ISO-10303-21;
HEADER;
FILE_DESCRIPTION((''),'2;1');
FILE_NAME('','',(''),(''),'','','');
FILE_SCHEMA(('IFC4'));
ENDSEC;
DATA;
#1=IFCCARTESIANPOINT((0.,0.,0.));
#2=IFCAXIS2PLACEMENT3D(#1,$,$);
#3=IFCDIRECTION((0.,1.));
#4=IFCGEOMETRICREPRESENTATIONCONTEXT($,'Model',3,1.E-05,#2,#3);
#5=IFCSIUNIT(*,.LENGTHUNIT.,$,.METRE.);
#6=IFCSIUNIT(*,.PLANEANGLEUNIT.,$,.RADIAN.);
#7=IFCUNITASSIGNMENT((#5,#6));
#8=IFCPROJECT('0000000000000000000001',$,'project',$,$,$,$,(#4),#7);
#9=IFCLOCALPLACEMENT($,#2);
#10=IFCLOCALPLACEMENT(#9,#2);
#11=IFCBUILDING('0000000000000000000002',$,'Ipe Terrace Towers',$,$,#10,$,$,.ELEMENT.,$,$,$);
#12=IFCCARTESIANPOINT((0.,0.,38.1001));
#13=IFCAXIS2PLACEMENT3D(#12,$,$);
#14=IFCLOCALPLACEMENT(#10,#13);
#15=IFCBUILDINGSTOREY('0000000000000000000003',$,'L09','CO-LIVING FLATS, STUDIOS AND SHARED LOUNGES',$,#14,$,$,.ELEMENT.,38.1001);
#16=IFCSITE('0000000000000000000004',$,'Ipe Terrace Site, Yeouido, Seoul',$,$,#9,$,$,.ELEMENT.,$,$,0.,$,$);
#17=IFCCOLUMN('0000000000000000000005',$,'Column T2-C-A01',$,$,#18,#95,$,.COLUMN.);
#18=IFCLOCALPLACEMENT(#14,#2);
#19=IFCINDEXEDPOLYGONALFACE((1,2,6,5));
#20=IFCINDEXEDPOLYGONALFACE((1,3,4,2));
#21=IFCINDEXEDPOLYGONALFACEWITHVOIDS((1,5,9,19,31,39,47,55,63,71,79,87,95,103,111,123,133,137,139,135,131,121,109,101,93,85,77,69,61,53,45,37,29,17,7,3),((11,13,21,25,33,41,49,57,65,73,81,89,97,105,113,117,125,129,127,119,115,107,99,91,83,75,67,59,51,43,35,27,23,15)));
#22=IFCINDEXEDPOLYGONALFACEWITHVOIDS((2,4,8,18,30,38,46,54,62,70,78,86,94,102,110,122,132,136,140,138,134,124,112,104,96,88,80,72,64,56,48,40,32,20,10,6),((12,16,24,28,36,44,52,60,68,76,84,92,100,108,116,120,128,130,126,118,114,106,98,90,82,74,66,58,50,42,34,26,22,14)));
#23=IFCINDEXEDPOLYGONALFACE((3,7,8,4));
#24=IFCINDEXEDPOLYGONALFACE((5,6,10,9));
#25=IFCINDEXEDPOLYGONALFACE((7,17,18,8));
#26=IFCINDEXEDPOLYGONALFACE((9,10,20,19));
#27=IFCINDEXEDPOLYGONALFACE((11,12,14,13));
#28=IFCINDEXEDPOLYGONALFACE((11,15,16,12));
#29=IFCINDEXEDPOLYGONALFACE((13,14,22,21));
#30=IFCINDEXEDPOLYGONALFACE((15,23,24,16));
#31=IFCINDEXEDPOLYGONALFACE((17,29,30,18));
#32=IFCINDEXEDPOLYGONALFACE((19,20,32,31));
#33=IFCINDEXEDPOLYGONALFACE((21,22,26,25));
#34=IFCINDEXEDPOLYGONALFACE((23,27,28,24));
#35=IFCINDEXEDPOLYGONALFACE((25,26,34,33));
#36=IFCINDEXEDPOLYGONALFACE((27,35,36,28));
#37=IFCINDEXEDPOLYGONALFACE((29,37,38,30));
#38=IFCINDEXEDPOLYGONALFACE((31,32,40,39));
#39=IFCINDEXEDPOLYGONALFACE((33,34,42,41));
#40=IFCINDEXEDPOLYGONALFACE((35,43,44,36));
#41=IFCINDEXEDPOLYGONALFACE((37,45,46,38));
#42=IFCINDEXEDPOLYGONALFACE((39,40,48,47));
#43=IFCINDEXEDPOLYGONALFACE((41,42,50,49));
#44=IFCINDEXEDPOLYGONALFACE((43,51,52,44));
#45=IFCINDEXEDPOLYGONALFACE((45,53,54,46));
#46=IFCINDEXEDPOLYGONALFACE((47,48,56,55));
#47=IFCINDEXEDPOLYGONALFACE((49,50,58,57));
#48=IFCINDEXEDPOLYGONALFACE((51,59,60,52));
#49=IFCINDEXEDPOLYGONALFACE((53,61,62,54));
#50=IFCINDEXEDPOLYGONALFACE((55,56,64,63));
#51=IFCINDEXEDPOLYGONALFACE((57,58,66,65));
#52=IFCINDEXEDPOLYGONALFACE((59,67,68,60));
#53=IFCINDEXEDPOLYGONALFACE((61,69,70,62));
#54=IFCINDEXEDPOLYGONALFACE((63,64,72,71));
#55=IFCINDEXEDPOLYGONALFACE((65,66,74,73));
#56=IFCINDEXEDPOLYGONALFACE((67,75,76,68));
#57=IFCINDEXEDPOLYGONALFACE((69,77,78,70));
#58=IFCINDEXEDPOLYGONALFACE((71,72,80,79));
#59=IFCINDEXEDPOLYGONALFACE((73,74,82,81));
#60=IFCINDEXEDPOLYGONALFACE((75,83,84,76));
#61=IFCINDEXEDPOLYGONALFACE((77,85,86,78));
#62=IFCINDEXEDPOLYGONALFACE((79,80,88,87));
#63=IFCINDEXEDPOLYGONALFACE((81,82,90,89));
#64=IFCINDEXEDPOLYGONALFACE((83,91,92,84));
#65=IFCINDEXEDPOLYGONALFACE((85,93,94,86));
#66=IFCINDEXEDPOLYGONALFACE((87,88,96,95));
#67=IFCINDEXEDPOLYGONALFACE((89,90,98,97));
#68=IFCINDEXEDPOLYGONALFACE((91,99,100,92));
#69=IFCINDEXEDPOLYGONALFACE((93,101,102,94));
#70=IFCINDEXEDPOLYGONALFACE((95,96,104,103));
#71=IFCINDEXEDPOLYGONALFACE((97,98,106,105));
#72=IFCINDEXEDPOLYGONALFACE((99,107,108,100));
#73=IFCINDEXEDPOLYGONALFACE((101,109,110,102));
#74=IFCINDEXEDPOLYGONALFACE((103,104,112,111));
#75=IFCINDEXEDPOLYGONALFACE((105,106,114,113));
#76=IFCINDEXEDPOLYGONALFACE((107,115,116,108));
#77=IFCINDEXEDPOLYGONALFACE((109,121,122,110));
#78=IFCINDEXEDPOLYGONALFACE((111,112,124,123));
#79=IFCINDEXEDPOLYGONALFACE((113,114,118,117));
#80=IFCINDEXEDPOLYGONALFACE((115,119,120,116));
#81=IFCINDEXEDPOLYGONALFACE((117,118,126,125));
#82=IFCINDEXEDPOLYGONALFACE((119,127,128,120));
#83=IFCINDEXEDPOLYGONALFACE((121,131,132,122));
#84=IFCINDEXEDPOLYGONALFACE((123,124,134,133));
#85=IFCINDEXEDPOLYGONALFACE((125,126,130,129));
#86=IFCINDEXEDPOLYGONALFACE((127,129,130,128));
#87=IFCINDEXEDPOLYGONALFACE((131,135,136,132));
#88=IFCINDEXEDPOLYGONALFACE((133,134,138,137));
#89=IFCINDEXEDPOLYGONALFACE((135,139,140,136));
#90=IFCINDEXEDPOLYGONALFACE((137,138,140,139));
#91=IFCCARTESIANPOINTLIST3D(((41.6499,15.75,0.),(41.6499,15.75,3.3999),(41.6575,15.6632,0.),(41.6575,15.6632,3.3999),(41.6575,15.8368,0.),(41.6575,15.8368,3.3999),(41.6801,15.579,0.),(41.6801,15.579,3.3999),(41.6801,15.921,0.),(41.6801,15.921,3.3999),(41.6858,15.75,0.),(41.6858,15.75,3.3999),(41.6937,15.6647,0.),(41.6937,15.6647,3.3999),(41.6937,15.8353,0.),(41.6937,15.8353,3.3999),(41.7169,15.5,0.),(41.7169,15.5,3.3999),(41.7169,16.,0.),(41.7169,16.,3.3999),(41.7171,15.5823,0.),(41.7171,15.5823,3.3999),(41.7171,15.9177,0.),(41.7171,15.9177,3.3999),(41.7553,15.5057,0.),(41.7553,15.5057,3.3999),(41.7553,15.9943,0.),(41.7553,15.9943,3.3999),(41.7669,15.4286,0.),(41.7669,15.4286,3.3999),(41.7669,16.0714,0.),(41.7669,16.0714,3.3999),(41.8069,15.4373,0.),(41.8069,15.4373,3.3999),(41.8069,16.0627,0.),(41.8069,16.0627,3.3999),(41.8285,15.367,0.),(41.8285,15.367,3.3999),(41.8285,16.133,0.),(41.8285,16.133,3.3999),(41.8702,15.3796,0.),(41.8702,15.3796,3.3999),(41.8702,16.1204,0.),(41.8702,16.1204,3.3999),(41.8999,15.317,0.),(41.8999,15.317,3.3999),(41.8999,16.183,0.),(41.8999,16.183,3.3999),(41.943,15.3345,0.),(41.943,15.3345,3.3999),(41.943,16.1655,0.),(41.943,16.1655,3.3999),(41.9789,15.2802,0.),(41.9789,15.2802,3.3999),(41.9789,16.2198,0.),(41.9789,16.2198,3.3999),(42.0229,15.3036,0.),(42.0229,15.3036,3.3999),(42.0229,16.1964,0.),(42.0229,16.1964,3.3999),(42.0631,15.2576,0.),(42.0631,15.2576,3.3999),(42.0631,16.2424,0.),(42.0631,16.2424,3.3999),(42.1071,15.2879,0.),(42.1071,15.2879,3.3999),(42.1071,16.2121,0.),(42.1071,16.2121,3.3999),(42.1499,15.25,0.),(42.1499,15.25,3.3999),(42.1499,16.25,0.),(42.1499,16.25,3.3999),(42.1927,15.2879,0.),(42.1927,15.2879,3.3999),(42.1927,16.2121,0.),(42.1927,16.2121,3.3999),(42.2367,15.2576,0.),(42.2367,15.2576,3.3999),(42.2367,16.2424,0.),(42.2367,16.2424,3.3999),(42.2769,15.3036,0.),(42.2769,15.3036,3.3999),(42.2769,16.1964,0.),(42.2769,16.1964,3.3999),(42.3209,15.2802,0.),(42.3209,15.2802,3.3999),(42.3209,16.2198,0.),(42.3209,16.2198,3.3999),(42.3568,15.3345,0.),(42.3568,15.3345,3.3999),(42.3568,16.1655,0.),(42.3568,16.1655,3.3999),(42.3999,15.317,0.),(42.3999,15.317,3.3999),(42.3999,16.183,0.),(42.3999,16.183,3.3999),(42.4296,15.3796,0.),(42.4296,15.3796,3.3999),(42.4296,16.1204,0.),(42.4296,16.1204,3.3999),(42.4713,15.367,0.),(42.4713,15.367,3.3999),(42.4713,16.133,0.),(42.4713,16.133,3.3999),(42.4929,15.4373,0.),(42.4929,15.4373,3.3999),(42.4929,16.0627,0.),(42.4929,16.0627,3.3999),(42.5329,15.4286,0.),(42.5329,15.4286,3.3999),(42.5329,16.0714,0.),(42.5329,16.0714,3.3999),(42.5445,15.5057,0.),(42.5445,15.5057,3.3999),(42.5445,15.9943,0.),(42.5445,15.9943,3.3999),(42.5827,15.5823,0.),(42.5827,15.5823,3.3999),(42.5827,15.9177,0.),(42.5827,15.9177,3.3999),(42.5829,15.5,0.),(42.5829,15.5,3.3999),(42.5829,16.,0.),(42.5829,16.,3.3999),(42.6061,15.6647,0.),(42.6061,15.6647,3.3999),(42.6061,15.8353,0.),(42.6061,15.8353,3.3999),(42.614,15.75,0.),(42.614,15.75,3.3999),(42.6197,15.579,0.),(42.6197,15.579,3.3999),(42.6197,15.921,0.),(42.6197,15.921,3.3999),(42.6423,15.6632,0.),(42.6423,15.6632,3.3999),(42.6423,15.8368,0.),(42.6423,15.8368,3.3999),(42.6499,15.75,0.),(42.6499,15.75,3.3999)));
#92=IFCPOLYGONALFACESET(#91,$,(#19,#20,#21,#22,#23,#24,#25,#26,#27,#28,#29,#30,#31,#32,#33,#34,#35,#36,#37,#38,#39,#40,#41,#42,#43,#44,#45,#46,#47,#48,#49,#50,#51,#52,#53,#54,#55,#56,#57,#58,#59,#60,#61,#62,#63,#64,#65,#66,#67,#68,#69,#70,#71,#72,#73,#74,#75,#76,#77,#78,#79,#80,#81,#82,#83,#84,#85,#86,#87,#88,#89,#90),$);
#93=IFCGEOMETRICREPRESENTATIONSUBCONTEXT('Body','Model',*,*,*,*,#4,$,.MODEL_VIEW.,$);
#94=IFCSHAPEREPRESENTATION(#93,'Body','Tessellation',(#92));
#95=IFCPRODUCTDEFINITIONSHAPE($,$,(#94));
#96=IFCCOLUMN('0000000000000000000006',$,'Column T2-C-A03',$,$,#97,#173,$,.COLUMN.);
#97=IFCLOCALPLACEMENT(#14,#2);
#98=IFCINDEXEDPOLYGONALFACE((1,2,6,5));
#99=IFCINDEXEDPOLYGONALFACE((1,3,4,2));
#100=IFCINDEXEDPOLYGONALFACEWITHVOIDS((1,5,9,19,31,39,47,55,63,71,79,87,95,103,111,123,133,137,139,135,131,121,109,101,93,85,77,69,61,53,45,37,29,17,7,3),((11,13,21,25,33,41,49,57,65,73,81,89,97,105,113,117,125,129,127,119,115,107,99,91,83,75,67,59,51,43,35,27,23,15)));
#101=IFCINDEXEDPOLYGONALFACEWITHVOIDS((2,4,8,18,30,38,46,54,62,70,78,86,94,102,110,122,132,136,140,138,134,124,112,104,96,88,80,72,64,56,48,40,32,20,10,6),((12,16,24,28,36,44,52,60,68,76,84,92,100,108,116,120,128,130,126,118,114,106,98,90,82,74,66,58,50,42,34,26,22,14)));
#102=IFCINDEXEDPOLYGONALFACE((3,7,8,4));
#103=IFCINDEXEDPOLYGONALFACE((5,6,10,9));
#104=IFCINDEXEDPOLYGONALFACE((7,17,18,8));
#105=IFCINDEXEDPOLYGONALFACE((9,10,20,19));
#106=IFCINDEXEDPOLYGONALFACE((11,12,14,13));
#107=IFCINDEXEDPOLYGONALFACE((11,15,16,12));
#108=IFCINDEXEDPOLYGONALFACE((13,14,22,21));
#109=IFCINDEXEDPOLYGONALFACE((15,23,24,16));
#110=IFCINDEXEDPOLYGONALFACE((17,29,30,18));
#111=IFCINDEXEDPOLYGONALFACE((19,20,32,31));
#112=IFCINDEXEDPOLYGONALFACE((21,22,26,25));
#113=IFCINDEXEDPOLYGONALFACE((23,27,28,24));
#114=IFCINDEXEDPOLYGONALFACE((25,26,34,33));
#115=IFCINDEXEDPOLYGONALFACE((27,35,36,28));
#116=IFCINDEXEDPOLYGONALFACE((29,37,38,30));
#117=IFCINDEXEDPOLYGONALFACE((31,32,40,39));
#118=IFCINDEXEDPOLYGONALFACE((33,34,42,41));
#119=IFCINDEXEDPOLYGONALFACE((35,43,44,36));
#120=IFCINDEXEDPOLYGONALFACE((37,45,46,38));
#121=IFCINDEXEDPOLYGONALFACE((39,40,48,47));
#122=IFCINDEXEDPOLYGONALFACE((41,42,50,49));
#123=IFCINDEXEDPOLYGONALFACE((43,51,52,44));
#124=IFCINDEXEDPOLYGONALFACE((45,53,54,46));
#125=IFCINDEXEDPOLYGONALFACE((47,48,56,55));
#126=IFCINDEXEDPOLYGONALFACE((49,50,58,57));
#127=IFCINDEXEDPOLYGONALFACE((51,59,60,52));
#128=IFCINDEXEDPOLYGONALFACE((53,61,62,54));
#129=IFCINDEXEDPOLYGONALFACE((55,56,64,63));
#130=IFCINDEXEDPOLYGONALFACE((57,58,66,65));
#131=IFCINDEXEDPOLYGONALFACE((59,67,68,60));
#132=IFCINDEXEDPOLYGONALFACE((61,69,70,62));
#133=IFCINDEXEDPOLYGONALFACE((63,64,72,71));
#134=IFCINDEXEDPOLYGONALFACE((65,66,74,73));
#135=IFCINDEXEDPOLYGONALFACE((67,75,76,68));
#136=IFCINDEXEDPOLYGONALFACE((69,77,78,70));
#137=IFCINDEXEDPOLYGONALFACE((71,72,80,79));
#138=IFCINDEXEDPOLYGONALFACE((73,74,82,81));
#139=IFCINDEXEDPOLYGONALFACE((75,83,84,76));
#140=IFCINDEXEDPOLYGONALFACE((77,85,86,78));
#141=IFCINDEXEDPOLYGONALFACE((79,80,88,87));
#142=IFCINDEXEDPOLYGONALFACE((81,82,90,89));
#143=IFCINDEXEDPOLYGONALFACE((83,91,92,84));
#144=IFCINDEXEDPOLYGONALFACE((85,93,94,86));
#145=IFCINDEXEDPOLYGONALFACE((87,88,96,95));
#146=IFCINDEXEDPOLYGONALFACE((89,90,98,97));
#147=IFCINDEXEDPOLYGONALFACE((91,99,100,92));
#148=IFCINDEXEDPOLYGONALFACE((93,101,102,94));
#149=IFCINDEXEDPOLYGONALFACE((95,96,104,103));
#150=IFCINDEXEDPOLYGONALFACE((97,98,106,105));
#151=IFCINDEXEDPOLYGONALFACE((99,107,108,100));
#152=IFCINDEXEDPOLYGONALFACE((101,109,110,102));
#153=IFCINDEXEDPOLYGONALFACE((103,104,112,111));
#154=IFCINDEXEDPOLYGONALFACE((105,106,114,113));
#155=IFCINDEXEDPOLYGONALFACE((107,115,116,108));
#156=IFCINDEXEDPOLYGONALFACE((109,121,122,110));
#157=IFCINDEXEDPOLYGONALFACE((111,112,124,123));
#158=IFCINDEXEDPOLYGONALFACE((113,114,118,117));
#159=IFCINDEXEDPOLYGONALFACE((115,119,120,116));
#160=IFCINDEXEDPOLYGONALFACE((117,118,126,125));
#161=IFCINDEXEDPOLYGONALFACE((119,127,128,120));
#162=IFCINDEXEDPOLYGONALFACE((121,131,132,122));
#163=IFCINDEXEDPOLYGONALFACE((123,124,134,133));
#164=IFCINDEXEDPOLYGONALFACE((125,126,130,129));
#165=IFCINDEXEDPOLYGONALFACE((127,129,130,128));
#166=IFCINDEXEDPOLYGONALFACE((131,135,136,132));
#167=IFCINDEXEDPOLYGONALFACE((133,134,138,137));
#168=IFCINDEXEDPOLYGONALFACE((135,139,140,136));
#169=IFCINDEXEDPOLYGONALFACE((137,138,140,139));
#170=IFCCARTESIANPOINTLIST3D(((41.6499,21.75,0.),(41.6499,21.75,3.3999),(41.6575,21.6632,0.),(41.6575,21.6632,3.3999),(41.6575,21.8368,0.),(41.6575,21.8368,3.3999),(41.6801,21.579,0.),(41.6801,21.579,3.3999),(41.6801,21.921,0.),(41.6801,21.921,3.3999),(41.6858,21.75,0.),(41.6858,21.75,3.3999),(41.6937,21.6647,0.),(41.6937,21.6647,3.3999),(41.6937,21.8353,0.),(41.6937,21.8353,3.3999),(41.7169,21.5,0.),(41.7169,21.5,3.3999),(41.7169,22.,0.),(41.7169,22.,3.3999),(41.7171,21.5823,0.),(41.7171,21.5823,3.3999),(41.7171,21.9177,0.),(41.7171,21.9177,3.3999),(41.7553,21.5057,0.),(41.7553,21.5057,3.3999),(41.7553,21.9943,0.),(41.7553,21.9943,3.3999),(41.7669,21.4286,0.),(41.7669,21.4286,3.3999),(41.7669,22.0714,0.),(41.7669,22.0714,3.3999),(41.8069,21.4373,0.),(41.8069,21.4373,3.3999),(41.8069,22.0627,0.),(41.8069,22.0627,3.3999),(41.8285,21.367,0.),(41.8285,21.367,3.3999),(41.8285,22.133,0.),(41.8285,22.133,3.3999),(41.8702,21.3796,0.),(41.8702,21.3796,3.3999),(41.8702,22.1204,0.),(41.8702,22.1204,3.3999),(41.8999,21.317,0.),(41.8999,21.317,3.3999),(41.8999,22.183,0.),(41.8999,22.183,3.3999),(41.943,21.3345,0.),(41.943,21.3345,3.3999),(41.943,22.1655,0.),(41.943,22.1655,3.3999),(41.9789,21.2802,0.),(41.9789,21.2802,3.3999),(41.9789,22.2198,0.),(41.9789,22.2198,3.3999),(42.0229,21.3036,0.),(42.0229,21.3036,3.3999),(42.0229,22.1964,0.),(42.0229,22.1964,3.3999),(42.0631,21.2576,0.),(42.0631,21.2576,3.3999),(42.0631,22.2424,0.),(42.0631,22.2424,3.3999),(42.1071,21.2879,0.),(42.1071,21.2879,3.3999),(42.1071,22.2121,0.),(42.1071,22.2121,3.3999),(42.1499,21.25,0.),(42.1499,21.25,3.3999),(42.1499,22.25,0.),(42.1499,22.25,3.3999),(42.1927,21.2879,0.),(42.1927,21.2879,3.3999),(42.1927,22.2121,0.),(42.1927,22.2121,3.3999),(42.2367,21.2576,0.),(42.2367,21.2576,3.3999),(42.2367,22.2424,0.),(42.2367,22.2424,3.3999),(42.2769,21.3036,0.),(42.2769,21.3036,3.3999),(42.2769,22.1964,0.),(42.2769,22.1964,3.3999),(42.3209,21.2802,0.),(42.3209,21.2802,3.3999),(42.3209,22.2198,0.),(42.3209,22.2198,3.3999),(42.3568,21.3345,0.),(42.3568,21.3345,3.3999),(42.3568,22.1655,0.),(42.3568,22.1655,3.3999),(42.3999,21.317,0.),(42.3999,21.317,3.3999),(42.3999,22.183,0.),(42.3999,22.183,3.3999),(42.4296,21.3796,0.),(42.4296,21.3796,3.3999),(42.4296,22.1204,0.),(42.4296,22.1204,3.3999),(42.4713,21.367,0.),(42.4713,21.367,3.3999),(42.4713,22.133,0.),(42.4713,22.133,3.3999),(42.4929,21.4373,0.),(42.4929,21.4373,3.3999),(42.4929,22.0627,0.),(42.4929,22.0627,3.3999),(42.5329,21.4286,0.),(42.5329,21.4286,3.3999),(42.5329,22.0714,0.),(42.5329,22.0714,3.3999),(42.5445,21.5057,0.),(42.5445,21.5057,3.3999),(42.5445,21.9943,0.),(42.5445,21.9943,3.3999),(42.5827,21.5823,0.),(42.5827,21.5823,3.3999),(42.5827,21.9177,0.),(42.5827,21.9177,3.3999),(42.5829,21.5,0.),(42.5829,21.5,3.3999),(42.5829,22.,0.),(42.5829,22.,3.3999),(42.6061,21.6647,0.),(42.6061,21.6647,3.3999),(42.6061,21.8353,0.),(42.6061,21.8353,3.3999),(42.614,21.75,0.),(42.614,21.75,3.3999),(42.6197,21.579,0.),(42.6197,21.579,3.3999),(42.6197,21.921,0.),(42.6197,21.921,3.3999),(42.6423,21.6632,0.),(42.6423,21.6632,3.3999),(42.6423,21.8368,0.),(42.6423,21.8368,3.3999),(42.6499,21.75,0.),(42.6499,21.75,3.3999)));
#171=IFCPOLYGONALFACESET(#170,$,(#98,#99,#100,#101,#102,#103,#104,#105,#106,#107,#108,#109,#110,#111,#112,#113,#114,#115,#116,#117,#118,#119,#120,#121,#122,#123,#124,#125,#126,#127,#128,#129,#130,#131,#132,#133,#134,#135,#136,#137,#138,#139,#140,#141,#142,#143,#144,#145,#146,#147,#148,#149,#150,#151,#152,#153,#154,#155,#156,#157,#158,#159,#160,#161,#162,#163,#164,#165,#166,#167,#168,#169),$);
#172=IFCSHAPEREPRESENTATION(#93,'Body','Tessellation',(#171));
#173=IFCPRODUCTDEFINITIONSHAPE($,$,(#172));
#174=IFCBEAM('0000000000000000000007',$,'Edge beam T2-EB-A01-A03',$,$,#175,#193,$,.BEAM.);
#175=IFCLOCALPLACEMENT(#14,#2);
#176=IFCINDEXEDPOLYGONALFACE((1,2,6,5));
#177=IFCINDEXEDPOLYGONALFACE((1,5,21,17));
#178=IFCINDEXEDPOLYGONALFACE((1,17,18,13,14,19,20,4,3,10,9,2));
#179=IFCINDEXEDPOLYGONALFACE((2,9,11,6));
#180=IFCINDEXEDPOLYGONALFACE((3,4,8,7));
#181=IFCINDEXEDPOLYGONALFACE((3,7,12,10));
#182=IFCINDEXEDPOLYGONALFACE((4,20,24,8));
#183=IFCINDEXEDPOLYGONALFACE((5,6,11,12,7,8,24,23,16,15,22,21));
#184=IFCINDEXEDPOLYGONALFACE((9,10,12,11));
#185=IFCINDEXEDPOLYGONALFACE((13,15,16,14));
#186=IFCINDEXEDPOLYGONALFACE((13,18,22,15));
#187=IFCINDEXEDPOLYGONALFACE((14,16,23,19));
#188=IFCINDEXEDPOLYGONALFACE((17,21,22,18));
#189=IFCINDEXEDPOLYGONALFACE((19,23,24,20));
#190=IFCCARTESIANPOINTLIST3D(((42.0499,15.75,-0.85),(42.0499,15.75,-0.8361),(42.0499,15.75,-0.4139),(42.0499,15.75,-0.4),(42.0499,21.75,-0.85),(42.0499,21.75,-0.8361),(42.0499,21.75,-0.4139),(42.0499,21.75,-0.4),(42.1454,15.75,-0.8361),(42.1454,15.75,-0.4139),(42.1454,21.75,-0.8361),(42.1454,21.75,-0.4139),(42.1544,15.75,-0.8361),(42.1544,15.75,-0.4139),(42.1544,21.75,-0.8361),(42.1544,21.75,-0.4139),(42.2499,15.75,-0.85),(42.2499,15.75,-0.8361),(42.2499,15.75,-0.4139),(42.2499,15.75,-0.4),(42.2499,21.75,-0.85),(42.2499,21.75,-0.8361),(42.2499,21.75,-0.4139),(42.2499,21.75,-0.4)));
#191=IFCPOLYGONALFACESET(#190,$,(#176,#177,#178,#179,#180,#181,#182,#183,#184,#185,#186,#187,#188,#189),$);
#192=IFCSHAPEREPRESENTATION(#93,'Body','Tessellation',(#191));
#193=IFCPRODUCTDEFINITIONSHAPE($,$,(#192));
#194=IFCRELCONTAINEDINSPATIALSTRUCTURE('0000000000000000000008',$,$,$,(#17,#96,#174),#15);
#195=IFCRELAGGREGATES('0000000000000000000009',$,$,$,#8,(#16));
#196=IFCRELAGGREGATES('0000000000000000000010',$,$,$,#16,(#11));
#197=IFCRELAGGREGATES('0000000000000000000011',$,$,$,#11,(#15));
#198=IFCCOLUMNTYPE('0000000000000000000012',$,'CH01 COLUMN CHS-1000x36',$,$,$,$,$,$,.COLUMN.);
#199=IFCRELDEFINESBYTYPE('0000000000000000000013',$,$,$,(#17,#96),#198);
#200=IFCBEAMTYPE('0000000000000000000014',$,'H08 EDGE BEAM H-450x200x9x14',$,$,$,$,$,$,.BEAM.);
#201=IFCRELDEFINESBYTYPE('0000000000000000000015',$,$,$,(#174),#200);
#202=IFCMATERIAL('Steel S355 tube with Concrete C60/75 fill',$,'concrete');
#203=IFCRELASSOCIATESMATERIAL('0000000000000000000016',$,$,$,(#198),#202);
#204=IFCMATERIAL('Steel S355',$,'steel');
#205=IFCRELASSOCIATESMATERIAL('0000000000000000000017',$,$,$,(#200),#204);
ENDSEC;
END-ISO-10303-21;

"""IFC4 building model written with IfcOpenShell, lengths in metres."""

from ifc_helpers import new_model, si_unit, direction, frame, origin, origin_2d, place, context, subcontext, project, spatial, hollow_circle, i_section, extrude, material, material_profile, profile_set, type_object, element, save


model = new_model("IFC4")

# Units and contexts
model_context = context("Model", 3, precision=1e-05, world=origin(), true_north=direction((0.0, 1.0)))
body_context = subcontext(model_context, "Body", "Model", "MODEL_VIEW")
ifc_project = project(units=[si_unit("LENGTHUNIT", "METRE"), si_unit("PLANEANGLEUNIT", "RADIAN")], contexts=[model_context])

# Site, building, storey
site_placement = place(None, origin())
site = spatial("IfcSite", under=ifc_project, at=site_placement, Name="Ipe Terrace Site, Yeouido, Seoul", CompositionType="ELEMENT", RefElevation=0.0)
building_placement = place(site_placement, origin())
building = spatial("IfcBuilding", under=site, at=building_placement, Name="Ipe Terrace Towers", CompositionType="ELEMENT")
storey_placement = place(building_placement, frame((0.0, 0.0, 38.1001)))
storey = spatial("IfcBuildingStorey", under=building, at=storey_placement, Name="L09", Description="CO-LIVING FLATS, STUDIOS AND SHARED LOUNGES", CompositionType="ELEMENT", Elevation=38.1001)

# Columns
ifc_material_1 = material(Name="Steel S355 tube with Concrete C60/75 fill", Category="concrete")
ifc_material_profile_1 = material_profile(ifc_material_1, hollow_circle(Radius=0.5, WallThickness=0.0359, at=origin_2d()), Name="CHS-1000x36")
ifc_profile_set_1 = profile_set([ifc_material_profile_1], Name="Steel S355 tube with Concrete C60/75 fill")
column_type = type_object("IfcColumnType", Name="CH01 COLUMN CHS-1000x36", PredefinedType="COLUMN", material=ifc_profile_set_1)
for number, where, z_axis, x_axis, name in (
    (1, (42.1499, 15.75, 0.0), (0.0, 0.0, 1.0), (1.0, 0.0, 0.0), "Column T2-C-A01"),
    (2, (42.1499, 21.75, 0.0), (0.0, 0.0, 1.0), (1.0, 0.0, 0.0), "Column T2-C-A03"),
):
    element("IfcColumn", number, at=place(storey_placement, frame(where, z_axis=z_axis, x_axis=x_axis)), inside=storey, type_object=column_type, Name=name, PredefinedType="COLUMN", context=body_context, shape_type="SweptSolid", body=[
        extrude(hollow_circle(Radius=0.5, WallThickness=0.0359, at=origin_2d()), origin(), (0.0, 0.0, 1.0), 3.3999),
    ])

# Beam
ifc_material_2 = material(Name="Steel S355", Category="steel")
ifc_material_profile_2 = material_profile(ifc_material_2, i_section(OverallWidth=0.2, OverallDepth=0.45, WebThickness=0.009, FlangeThickness=0.0139, at=origin_2d()), Name="H-450x200x9x14")
ifc_profile_set_2 = profile_set([ifc_material_profile_2], Name="Steel S355")
beam_type = type_object("IfcBeamType", Name="H08 EDGE BEAM H-450x200x9x14", PredefinedType="BEAM", material=ifc_profile_set_2)
beam_placement = place(storey_placement, frame((42.1499, 15.75, -0.625), z_axis=(0.0, 1.0, 0.0), x_axis=(-1.0, 0.0, 0.0)))
element("IfcBeam", 3, at=beam_placement, inside=storey, type_object=beam_type, Name="Edge beam T2-EB-A01-A03", PredefinedType="BEAM", context=body_context, shape_type="SweptSolid", body=[
    extrude(i_section(OverallWidth=0.2, OverallDepth=0.45, WebThickness=0.009, FlangeThickness=0.0139, at=origin_2d()), origin(), (0.0, 0.0, 1.0), 6.0),
])

save(model, "model.ifc")
